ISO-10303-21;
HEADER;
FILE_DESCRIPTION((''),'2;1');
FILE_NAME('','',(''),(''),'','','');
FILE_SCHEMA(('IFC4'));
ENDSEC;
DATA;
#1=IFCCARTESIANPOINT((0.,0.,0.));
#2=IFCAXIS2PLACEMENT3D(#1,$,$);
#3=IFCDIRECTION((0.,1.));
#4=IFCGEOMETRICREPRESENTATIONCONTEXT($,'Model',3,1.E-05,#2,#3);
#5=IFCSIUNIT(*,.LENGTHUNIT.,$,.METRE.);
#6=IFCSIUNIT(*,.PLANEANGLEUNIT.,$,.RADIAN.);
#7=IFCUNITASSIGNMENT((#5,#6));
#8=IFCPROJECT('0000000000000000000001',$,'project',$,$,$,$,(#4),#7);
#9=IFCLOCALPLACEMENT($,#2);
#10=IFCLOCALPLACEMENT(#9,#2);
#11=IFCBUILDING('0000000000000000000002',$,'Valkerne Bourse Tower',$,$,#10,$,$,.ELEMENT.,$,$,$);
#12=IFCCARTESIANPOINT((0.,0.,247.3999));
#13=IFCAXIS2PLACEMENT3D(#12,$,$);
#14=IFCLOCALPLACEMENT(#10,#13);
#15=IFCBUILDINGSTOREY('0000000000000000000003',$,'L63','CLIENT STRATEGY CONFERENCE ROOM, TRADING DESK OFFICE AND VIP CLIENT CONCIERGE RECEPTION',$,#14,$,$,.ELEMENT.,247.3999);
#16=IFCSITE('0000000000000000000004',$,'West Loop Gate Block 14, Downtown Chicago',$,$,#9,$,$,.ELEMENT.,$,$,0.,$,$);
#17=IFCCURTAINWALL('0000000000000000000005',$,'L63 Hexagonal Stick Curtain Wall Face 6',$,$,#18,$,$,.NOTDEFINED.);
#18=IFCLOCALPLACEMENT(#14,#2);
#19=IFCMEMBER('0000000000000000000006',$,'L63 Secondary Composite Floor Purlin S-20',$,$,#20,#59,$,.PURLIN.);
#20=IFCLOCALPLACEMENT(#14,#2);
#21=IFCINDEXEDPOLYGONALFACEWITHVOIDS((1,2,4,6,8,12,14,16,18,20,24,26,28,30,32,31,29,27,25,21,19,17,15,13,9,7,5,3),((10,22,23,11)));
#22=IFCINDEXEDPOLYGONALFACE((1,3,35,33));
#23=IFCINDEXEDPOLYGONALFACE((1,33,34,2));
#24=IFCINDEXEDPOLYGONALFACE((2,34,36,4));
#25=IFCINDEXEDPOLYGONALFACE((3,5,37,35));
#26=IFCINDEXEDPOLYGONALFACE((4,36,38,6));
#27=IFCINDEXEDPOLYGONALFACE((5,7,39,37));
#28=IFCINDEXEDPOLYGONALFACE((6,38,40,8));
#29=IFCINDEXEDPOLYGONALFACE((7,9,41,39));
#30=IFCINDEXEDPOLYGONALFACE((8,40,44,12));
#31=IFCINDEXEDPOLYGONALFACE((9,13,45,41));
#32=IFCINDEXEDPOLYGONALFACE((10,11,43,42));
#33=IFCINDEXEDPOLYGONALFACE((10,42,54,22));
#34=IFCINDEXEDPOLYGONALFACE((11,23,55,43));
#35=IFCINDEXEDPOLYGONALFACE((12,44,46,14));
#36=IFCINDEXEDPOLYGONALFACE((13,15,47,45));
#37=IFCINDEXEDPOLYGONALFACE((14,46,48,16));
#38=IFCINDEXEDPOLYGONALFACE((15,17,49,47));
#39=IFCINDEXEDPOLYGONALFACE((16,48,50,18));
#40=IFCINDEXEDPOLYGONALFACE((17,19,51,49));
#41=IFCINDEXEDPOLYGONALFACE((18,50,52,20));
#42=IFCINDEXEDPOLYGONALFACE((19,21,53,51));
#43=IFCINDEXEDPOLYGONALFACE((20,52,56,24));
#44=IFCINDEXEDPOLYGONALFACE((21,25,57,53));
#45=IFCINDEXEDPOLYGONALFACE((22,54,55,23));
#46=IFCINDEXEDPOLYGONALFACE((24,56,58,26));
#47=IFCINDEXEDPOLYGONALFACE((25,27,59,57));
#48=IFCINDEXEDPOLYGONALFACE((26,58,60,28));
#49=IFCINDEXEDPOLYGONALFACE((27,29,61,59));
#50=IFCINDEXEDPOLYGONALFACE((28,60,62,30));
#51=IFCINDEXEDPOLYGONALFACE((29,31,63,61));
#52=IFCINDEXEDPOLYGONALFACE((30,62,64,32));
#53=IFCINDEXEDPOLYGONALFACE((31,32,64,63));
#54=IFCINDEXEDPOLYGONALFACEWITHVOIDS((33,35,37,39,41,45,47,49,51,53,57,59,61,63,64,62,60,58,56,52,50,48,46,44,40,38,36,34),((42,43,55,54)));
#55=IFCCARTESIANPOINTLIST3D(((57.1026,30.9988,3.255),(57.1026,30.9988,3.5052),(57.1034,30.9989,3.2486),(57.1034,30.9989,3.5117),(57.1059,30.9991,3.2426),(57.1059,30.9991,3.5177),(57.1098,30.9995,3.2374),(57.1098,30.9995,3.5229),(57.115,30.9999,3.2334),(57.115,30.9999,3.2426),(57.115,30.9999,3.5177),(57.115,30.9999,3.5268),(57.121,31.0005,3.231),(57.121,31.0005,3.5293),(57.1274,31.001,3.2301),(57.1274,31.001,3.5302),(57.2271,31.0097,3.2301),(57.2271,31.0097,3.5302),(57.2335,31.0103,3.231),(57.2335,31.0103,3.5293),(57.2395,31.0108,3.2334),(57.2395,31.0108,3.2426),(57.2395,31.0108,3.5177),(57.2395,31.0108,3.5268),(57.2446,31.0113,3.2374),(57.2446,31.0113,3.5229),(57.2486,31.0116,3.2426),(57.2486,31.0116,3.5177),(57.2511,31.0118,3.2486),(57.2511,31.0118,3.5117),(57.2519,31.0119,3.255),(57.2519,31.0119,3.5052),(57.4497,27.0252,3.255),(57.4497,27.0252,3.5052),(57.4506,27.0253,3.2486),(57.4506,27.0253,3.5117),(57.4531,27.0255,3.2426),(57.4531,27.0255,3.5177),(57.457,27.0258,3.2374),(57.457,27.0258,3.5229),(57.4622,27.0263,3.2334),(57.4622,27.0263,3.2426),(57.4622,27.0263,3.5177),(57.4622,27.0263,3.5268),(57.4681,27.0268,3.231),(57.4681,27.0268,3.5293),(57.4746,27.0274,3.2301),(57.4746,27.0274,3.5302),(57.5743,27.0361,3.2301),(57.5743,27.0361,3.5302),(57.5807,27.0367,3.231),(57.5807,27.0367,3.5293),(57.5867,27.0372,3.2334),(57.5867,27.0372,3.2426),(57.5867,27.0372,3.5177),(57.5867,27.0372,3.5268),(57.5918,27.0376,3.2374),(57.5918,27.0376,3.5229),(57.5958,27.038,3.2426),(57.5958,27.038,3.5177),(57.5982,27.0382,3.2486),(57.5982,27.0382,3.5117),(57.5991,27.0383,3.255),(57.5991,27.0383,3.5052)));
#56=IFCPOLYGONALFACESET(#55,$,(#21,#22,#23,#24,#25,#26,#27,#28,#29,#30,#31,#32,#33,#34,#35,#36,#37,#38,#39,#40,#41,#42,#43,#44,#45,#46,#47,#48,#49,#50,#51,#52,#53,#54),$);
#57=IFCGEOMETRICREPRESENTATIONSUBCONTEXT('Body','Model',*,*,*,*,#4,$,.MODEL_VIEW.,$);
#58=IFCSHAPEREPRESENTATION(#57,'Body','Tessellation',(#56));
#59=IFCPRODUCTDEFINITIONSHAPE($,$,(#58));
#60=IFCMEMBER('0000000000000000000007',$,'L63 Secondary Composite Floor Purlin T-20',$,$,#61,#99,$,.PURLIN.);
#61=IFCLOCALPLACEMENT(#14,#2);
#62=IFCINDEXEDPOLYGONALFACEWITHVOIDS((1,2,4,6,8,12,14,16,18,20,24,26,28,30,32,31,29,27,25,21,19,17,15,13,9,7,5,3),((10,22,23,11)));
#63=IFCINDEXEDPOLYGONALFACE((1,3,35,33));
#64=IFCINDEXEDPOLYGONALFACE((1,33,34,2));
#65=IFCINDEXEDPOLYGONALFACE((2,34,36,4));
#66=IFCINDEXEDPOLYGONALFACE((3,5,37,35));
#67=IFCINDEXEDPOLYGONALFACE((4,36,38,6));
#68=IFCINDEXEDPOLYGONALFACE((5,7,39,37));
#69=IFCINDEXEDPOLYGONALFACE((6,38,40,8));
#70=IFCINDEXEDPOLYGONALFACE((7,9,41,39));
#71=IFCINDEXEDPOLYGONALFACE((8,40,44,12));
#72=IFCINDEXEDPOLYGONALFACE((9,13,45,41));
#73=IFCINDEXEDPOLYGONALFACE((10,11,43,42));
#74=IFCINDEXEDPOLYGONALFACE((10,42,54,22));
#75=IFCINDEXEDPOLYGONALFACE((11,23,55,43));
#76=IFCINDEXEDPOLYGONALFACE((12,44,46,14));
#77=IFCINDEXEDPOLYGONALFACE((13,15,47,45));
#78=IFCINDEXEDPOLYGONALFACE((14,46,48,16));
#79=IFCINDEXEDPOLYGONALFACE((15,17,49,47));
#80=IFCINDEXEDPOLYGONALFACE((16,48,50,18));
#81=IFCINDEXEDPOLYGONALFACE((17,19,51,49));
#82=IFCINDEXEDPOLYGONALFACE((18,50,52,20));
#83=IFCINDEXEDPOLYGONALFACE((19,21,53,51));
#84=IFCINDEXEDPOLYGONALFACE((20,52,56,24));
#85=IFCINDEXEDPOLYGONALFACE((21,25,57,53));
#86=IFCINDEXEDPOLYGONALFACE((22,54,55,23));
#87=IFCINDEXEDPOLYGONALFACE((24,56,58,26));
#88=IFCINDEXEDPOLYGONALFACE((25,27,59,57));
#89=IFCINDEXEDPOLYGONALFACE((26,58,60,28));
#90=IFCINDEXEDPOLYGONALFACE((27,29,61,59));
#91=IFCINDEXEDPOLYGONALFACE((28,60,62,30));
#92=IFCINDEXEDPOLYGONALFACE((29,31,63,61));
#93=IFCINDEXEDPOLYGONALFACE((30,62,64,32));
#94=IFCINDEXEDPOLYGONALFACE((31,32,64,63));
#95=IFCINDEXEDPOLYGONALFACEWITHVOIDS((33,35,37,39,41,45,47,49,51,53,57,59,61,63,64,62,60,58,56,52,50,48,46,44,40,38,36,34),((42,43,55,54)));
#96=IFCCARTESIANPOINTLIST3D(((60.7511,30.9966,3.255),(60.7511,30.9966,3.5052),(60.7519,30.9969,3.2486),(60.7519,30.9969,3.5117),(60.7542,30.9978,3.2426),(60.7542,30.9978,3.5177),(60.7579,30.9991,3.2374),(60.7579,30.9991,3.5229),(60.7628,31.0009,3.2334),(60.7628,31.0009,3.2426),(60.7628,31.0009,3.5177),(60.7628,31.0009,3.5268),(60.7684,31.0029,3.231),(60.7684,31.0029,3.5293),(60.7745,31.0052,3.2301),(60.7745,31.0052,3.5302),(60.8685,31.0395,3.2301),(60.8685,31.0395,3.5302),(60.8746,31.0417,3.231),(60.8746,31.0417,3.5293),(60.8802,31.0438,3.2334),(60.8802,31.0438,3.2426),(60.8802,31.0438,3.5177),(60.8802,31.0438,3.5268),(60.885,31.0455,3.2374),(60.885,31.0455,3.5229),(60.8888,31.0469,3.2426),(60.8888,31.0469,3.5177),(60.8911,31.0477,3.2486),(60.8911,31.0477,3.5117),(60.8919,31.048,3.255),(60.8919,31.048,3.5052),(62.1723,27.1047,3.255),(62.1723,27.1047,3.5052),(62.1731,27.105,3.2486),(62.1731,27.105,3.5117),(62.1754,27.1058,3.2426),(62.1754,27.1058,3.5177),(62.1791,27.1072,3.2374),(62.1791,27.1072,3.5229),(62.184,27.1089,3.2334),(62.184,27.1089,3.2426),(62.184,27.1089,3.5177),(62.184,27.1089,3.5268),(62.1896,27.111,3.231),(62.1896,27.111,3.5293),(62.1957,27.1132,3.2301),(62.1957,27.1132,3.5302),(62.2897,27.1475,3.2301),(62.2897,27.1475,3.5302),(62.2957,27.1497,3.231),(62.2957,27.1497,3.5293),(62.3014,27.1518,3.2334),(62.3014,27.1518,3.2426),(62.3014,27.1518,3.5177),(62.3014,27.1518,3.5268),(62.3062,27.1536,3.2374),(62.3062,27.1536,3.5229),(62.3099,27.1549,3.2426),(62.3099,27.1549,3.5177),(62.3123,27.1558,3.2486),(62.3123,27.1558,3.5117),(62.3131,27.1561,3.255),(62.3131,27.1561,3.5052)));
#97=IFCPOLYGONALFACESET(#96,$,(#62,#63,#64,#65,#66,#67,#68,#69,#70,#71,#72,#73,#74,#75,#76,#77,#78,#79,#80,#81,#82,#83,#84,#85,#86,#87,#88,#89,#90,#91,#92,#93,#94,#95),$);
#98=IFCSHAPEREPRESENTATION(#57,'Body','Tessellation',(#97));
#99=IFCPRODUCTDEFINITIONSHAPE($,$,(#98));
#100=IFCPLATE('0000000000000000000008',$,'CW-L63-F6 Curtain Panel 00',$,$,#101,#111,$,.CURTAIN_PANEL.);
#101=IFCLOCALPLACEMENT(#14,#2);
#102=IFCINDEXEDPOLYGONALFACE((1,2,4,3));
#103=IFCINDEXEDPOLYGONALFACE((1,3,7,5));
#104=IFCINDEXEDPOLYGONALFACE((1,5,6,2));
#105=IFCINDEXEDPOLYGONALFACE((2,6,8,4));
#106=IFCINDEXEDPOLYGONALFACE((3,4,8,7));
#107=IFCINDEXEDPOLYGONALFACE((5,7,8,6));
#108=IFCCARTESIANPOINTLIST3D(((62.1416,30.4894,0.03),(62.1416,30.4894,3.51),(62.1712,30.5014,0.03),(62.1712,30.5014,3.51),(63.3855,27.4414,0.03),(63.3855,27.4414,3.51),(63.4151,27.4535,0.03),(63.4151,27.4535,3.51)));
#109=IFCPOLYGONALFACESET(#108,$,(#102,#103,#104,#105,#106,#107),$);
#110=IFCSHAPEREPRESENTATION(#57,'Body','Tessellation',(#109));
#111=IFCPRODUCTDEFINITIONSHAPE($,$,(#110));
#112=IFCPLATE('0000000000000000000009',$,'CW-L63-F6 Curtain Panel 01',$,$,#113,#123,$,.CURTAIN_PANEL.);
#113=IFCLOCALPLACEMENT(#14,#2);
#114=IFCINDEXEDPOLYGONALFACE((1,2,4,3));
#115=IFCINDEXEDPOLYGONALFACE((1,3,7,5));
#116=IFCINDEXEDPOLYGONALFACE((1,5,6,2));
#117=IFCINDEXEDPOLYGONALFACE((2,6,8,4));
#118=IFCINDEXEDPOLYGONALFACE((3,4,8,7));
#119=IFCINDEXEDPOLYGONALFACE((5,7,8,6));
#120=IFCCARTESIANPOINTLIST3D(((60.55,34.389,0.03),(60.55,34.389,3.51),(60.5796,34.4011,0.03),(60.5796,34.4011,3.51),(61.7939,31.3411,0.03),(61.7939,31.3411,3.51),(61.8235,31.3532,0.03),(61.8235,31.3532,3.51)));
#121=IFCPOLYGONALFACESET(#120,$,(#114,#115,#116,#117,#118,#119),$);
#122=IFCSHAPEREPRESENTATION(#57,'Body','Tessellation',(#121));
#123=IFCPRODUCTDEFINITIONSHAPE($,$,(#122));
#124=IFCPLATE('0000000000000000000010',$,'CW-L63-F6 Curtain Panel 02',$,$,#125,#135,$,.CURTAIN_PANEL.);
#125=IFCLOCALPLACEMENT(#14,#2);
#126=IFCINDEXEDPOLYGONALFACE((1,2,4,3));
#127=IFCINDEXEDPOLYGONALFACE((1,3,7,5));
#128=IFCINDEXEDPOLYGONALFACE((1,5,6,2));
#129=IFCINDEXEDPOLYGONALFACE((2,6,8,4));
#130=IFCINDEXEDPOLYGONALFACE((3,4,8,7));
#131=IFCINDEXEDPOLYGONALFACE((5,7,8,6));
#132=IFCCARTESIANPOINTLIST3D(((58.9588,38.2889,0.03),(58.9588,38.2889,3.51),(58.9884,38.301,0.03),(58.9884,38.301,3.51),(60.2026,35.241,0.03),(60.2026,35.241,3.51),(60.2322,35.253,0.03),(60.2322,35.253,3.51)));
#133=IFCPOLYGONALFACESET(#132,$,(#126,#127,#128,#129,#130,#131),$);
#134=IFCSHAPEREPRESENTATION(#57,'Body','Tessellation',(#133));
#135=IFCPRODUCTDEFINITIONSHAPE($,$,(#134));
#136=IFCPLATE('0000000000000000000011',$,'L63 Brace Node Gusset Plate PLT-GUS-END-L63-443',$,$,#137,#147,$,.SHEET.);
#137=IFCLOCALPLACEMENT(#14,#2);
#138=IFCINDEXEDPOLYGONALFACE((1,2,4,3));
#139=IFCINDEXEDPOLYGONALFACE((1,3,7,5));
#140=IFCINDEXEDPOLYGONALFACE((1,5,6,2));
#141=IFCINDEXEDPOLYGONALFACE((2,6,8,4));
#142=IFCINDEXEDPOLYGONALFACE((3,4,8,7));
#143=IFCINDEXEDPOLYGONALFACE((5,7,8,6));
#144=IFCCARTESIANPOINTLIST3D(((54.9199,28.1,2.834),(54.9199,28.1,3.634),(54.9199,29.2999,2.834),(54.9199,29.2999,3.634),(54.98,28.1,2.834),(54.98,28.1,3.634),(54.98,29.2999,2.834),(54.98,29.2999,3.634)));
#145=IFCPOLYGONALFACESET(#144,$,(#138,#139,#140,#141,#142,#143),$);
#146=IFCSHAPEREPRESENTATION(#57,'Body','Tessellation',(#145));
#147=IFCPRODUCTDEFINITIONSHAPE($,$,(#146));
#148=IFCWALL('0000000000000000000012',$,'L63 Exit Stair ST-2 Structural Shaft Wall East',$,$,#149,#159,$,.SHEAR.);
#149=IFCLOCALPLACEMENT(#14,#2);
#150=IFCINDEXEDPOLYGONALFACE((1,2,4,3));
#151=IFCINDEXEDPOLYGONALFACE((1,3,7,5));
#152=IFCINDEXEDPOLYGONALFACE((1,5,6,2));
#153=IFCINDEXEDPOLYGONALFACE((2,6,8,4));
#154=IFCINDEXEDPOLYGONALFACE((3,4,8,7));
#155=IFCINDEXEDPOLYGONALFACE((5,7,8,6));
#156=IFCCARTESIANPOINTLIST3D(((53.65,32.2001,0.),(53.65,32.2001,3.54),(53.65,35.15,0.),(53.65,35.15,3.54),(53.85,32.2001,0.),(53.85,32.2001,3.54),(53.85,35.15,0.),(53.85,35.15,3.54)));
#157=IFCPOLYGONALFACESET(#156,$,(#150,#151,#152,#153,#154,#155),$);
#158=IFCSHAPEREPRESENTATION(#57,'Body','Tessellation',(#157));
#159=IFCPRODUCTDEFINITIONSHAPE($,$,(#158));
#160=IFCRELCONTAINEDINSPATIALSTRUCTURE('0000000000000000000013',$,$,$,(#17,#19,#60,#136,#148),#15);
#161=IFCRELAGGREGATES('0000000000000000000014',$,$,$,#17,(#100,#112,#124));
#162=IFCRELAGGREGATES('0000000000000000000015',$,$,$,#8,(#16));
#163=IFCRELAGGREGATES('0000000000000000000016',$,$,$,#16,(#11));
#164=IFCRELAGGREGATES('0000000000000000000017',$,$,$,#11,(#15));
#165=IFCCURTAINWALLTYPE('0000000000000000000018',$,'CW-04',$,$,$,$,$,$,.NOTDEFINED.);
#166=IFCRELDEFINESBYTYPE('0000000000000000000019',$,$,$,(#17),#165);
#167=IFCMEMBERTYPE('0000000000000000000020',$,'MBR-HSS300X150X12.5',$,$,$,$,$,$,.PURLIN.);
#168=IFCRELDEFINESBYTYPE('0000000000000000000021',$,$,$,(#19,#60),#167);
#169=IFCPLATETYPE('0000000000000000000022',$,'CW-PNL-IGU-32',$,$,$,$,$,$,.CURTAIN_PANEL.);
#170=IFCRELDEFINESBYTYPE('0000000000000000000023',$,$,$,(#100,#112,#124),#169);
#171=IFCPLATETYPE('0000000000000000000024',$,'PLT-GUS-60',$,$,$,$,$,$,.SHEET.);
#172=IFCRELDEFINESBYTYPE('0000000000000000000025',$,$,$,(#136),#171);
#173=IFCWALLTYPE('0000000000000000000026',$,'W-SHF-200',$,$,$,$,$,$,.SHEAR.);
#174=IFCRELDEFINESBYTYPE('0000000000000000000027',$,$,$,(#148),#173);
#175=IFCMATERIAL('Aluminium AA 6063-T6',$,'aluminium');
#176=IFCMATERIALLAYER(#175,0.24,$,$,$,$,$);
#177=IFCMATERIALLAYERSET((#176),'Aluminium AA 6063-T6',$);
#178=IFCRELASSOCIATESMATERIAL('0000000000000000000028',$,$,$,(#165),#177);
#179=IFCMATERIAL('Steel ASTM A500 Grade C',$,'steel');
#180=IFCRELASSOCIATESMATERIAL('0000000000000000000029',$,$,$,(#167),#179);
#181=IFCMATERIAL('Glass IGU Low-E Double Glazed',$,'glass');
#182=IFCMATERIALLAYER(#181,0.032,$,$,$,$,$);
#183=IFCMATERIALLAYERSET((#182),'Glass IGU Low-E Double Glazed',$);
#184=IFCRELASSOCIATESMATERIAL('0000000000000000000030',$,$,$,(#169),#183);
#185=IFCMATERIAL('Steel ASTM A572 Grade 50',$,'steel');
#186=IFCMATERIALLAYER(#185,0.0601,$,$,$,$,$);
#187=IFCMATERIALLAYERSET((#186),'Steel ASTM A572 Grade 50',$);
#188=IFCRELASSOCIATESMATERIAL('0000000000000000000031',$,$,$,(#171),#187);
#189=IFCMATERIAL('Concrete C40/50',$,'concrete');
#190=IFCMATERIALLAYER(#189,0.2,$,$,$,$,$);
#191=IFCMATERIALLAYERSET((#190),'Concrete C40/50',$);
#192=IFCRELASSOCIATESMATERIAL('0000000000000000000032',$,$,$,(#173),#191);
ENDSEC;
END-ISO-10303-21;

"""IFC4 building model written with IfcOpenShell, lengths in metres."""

from ifc_helpers import new_model, si_unit, direction, frame, frame_2d, origin, origin_2d, place, context, subcontext, project, spatial, rectangle, hollow_rectangle, extrude, material, layer, layer_set, material_profile, profile_set, type_object, element, aggregate, save


model = new_model("IFC4")

# Units and contexts
model_context = context("Model", 3, precision=1e-05, world=origin(), true_north=direction((0.0, 1.0)))
body_context = subcontext(model_context, "Body", "Model", "MODEL_VIEW")
ifc_project = project(units=[si_unit("LENGTHUNIT", "METRE"), si_unit("PLANEANGLEUNIT", "RADIAN")], contexts=[model_context])

# Site, building, storey
site_placement = place(None, origin())
site = spatial("IfcSite", under=ifc_project, at=site_placement, Name="West Loop Gate Block 14, Downtown Chicago", CompositionType="ELEMENT", RefElevation=0.0)
building_placement = place(site_placement, origin())
building = spatial("IfcBuilding", under=site, at=building_placement, Name="Valkerne Bourse Tower", CompositionType="ELEMENT")
storey_placement = place(building_placement, frame((0.0, 0.0, 247.3999)))
storey = spatial("IfcBuildingStorey", under=building, at=storey_placement, Name="L63", Description="CLIENT STRATEGY CONFERENCE ROOM, TRADING DESK OFFICE AND VIP CLIENT CONCIERGE RECEPTION", CompositionType="ELEMENT", Elevation=247.3999)

# Shared definitions
ifc_material_1 = material(Name="Aluminium AA 6063-T6", Category="aluminium")
ifc_layer_1 = layer(ifc_material_1, 0.24)
ifc_layer_set_1 = layer_set([ifc_layer_1], Name="Aluminium AA 6063-T6")
curtain_wall_type = type_object("IfcCurtainWallType", Name="CW-04", PredefinedType="NOTDEFINED", material=ifc_layer_set_1)

# Curtain wall
curtain_wall_1_placement = place(storey_placement, origin())
curtain_wall_1 = element("IfcCurtainWall", 1, at=curtain_wall_1_placement, inside=storey, type_object=curtain_wall_type, Name="L63 Hexagonal Stick Curtain Wall Face 6", PredefinedType="NOTDEFINED")

# Members
ifc_material_2 = material(Name="Steel ASTM A500 Grade C", Category="steel")
ifc_material_profile_1 = material_profile(ifc_material_2, hollow_rectangle(XDim=0.1499, YDim=0.3, WallThickness=0.0125, OuterFilletRadius=0.0249, at=origin_2d()), Name="HSS300X150X12.5")
ifc_profile_set_1 = profile_set([ifc_material_profile_1], Name="Steel ASTM A500 Grade C")
member_type_1 = type_object("IfcMemberType", Name="MBR-HSS300X150X12.5", PredefinedType="PURLIN", material=ifc_profile_set_1)
member_1_placement = place(storey_placement, frame((57.5244, 27.0317, 3.3801), z_axis=(-0.087036, 0.996205, 0.0), x_axis=(-0.996205, -0.087036, 0.0)))
element("IfcMember", 2, at=member_1_placement, inside=storey, type_object=member_type_1, Name="L63 Secondary Composite Floor Purlin S-20", PredefinedType="PURLIN", context=body_context, shape_type="SweptSolid", body=[
    extrude(hollow_rectangle(XDim=0.1499, YDim=0.3, WallThickness=0.0125, OuterFilletRadius=0.0249, at=origin_2d()), origin(), (0.0, 0.0, 1.0), 3.9888),
])
member_2_placement = place(storey_placement, frame((62.2427, 27.1304, 3.3801), z_axis=(-0.343006, 0.939333, 0.0), x_axis=(-0.939333, -0.343006, 0.0)))
element("IfcMember", 3, at=member_2_placement, inside=storey, type_object=member_type_1, Name="L63 Secondary Composite Floor Purlin T-20", PredefinedType="PURLIN", context=body_context, shape_type="SweptSolid", body=[
    extrude(hollow_rectangle(XDim=0.1499, YDim=0.3, WallThickness=0.0125, OuterFilletRadius=0.0249, at=origin_2d()), origin(), (0.0, 0.0, 1.0), 4.1433),
])

# Plates
ifc_material_3 = material(Name="Glass IGU Low-E Double Glazed", Category="glass")
ifc_layer_2 = layer(ifc_material_3, 0.032)
ifc_layer_set_2 = layer_set([ifc_layer_2], Name="Glass IGU Low-E Double Glazed")
plate_type_1 = type_object("IfcPlateType", Name="CW-PNL-IGU-32", PredefinedType="CURTAIN_PANEL", material=ifc_layer_set_2)
plate_1_placement = place(storey_placement, frame((62.7783, 28.9714, 0.03), z_axis=(0.0, 0.0, 1.0), x_axis=(-0.377853, 0.925865, 0.0)))
plate_1 = element("IfcPlate", 4, at=plate_1_placement, type_object=plate_type_1, Name="CW-L63-F6 Curtain Panel 00", PredefinedType="CURTAIN_PANEL", context=body_context, shape_type="SweptSolid", body=[
    extrude(rectangle(XDim=3.292, YDim=0.032, at=origin_2d()), origin(), (0.0, 0.0, 1.0), 3.48),
])
plate_2_placement = place(storey_placement, frame((61.1868, 32.8711, 0.03), z_axis=(0.0, 0.0, 1.0), x_axis=(-0.377845, 0.925869, 0.0)))
plate_2 = element("IfcPlate", 5, at=plate_2_placement, type_object=plate_type_1, Name="CW-L63-F6 Curtain Panel 01", PredefinedType="CURTAIN_PANEL", context=body_context, shape_type="SweptSolid", body=[
    extrude(rectangle(XDim=3.292, YDim=0.032, at=origin_2d()), origin(), (0.0, 0.0, 1.0), 3.48),
])
plate_3_placement = place(storey_placement, frame((59.5955, 36.771, 0.03), z_axis=(0.0, 0.0, 1.0), x_axis=(-0.377825, 0.925877, 0.0)))
plate_3 = element("IfcPlate", 6, at=plate_3_placement, type_object=plate_type_1, Name="CW-L63-F6 Curtain Panel 02", PredefinedType="CURTAIN_PANEL", context=body_context, shape_type="SweptSolid", body=[
    extrude(rectangle(XDim=3.292, YDim=0.032, at=origin_2d()), origin(), (0.0, 0.0, 1.0), 3.48),
])
aggregate(curtain_wall_1, [plate_1, plate_2, plate_3])
ifc_material_4 = material(Name="Steel ASTM A572 Grade 50", Category="steel")
ifc_layer_3 = layer(ifc_material_4, 0.0601)
ifc_layer_set_3 = layer_set([ifc_layer_3], Name="Steel ASTM A572 Grade 50")
plate_type_2 = type_object("IfcPlateType", Name="PLT-GUS-60", PredefinedType="SHEET", material=ifc_layer_set_3)
plate_4_placement = place(storey_placement, frame((54.95, 28.7, 2.834), z_axis=(0.0, 0.0, 1.0), x_axis=(0.0, 1.0, 0.0)))
element("IfcPlate", 7, at=plate_4_placement, inside=storey, type_object=plate_type_2, Name="L63 Brace Node Gusset Plate PLT-GUS-END-L63-443", PredefinedType="SHEET", context=body_context, shape_type="SweptSolid", body=[
    extrude(rectangle(XDim=1.2, YDim=0.0601, at=origin_2d()), origin(), (0.0, 0.0, 1.0), 0.8),
])

# Wall
ifc_material_5 = material(Name="Concrete C40/50", Category="concrete")
ifc_layer_4 = layer(ifc_material_5, 0.2)
ifc_layer_set_4 = layer_set([ifc_layer_4], Name="Concrete C40/50")
wall_type = type_object("IfcWallType", Name="W-SHF-200", PredefinedType="SHEAR", material=ifc_layer_set_4)
wall_placement = place(storey_placement, frame((53.75, 32.2, 0.0), z_axis=(0.0, 0.0, 1.0), x_axis=(0.0, 1.0, 0.0)))
element("IfcWall", 8, at=wall_placement, inside=storey, type_object=wall_type, Name="L63 Exit Stair ST-2 Structural Shaft Wall East", PredefinedType="SHEAR", context=body_context, shape_type="SweptSolid", body=[
    extrude(rectangle(XDim=2.95, YDim=0.2, at=frame_2d((1.4751, 0.0))), origin(), (0.0, 0.0, 1.0), 3.54),
])

save(model, "model.ifc")
